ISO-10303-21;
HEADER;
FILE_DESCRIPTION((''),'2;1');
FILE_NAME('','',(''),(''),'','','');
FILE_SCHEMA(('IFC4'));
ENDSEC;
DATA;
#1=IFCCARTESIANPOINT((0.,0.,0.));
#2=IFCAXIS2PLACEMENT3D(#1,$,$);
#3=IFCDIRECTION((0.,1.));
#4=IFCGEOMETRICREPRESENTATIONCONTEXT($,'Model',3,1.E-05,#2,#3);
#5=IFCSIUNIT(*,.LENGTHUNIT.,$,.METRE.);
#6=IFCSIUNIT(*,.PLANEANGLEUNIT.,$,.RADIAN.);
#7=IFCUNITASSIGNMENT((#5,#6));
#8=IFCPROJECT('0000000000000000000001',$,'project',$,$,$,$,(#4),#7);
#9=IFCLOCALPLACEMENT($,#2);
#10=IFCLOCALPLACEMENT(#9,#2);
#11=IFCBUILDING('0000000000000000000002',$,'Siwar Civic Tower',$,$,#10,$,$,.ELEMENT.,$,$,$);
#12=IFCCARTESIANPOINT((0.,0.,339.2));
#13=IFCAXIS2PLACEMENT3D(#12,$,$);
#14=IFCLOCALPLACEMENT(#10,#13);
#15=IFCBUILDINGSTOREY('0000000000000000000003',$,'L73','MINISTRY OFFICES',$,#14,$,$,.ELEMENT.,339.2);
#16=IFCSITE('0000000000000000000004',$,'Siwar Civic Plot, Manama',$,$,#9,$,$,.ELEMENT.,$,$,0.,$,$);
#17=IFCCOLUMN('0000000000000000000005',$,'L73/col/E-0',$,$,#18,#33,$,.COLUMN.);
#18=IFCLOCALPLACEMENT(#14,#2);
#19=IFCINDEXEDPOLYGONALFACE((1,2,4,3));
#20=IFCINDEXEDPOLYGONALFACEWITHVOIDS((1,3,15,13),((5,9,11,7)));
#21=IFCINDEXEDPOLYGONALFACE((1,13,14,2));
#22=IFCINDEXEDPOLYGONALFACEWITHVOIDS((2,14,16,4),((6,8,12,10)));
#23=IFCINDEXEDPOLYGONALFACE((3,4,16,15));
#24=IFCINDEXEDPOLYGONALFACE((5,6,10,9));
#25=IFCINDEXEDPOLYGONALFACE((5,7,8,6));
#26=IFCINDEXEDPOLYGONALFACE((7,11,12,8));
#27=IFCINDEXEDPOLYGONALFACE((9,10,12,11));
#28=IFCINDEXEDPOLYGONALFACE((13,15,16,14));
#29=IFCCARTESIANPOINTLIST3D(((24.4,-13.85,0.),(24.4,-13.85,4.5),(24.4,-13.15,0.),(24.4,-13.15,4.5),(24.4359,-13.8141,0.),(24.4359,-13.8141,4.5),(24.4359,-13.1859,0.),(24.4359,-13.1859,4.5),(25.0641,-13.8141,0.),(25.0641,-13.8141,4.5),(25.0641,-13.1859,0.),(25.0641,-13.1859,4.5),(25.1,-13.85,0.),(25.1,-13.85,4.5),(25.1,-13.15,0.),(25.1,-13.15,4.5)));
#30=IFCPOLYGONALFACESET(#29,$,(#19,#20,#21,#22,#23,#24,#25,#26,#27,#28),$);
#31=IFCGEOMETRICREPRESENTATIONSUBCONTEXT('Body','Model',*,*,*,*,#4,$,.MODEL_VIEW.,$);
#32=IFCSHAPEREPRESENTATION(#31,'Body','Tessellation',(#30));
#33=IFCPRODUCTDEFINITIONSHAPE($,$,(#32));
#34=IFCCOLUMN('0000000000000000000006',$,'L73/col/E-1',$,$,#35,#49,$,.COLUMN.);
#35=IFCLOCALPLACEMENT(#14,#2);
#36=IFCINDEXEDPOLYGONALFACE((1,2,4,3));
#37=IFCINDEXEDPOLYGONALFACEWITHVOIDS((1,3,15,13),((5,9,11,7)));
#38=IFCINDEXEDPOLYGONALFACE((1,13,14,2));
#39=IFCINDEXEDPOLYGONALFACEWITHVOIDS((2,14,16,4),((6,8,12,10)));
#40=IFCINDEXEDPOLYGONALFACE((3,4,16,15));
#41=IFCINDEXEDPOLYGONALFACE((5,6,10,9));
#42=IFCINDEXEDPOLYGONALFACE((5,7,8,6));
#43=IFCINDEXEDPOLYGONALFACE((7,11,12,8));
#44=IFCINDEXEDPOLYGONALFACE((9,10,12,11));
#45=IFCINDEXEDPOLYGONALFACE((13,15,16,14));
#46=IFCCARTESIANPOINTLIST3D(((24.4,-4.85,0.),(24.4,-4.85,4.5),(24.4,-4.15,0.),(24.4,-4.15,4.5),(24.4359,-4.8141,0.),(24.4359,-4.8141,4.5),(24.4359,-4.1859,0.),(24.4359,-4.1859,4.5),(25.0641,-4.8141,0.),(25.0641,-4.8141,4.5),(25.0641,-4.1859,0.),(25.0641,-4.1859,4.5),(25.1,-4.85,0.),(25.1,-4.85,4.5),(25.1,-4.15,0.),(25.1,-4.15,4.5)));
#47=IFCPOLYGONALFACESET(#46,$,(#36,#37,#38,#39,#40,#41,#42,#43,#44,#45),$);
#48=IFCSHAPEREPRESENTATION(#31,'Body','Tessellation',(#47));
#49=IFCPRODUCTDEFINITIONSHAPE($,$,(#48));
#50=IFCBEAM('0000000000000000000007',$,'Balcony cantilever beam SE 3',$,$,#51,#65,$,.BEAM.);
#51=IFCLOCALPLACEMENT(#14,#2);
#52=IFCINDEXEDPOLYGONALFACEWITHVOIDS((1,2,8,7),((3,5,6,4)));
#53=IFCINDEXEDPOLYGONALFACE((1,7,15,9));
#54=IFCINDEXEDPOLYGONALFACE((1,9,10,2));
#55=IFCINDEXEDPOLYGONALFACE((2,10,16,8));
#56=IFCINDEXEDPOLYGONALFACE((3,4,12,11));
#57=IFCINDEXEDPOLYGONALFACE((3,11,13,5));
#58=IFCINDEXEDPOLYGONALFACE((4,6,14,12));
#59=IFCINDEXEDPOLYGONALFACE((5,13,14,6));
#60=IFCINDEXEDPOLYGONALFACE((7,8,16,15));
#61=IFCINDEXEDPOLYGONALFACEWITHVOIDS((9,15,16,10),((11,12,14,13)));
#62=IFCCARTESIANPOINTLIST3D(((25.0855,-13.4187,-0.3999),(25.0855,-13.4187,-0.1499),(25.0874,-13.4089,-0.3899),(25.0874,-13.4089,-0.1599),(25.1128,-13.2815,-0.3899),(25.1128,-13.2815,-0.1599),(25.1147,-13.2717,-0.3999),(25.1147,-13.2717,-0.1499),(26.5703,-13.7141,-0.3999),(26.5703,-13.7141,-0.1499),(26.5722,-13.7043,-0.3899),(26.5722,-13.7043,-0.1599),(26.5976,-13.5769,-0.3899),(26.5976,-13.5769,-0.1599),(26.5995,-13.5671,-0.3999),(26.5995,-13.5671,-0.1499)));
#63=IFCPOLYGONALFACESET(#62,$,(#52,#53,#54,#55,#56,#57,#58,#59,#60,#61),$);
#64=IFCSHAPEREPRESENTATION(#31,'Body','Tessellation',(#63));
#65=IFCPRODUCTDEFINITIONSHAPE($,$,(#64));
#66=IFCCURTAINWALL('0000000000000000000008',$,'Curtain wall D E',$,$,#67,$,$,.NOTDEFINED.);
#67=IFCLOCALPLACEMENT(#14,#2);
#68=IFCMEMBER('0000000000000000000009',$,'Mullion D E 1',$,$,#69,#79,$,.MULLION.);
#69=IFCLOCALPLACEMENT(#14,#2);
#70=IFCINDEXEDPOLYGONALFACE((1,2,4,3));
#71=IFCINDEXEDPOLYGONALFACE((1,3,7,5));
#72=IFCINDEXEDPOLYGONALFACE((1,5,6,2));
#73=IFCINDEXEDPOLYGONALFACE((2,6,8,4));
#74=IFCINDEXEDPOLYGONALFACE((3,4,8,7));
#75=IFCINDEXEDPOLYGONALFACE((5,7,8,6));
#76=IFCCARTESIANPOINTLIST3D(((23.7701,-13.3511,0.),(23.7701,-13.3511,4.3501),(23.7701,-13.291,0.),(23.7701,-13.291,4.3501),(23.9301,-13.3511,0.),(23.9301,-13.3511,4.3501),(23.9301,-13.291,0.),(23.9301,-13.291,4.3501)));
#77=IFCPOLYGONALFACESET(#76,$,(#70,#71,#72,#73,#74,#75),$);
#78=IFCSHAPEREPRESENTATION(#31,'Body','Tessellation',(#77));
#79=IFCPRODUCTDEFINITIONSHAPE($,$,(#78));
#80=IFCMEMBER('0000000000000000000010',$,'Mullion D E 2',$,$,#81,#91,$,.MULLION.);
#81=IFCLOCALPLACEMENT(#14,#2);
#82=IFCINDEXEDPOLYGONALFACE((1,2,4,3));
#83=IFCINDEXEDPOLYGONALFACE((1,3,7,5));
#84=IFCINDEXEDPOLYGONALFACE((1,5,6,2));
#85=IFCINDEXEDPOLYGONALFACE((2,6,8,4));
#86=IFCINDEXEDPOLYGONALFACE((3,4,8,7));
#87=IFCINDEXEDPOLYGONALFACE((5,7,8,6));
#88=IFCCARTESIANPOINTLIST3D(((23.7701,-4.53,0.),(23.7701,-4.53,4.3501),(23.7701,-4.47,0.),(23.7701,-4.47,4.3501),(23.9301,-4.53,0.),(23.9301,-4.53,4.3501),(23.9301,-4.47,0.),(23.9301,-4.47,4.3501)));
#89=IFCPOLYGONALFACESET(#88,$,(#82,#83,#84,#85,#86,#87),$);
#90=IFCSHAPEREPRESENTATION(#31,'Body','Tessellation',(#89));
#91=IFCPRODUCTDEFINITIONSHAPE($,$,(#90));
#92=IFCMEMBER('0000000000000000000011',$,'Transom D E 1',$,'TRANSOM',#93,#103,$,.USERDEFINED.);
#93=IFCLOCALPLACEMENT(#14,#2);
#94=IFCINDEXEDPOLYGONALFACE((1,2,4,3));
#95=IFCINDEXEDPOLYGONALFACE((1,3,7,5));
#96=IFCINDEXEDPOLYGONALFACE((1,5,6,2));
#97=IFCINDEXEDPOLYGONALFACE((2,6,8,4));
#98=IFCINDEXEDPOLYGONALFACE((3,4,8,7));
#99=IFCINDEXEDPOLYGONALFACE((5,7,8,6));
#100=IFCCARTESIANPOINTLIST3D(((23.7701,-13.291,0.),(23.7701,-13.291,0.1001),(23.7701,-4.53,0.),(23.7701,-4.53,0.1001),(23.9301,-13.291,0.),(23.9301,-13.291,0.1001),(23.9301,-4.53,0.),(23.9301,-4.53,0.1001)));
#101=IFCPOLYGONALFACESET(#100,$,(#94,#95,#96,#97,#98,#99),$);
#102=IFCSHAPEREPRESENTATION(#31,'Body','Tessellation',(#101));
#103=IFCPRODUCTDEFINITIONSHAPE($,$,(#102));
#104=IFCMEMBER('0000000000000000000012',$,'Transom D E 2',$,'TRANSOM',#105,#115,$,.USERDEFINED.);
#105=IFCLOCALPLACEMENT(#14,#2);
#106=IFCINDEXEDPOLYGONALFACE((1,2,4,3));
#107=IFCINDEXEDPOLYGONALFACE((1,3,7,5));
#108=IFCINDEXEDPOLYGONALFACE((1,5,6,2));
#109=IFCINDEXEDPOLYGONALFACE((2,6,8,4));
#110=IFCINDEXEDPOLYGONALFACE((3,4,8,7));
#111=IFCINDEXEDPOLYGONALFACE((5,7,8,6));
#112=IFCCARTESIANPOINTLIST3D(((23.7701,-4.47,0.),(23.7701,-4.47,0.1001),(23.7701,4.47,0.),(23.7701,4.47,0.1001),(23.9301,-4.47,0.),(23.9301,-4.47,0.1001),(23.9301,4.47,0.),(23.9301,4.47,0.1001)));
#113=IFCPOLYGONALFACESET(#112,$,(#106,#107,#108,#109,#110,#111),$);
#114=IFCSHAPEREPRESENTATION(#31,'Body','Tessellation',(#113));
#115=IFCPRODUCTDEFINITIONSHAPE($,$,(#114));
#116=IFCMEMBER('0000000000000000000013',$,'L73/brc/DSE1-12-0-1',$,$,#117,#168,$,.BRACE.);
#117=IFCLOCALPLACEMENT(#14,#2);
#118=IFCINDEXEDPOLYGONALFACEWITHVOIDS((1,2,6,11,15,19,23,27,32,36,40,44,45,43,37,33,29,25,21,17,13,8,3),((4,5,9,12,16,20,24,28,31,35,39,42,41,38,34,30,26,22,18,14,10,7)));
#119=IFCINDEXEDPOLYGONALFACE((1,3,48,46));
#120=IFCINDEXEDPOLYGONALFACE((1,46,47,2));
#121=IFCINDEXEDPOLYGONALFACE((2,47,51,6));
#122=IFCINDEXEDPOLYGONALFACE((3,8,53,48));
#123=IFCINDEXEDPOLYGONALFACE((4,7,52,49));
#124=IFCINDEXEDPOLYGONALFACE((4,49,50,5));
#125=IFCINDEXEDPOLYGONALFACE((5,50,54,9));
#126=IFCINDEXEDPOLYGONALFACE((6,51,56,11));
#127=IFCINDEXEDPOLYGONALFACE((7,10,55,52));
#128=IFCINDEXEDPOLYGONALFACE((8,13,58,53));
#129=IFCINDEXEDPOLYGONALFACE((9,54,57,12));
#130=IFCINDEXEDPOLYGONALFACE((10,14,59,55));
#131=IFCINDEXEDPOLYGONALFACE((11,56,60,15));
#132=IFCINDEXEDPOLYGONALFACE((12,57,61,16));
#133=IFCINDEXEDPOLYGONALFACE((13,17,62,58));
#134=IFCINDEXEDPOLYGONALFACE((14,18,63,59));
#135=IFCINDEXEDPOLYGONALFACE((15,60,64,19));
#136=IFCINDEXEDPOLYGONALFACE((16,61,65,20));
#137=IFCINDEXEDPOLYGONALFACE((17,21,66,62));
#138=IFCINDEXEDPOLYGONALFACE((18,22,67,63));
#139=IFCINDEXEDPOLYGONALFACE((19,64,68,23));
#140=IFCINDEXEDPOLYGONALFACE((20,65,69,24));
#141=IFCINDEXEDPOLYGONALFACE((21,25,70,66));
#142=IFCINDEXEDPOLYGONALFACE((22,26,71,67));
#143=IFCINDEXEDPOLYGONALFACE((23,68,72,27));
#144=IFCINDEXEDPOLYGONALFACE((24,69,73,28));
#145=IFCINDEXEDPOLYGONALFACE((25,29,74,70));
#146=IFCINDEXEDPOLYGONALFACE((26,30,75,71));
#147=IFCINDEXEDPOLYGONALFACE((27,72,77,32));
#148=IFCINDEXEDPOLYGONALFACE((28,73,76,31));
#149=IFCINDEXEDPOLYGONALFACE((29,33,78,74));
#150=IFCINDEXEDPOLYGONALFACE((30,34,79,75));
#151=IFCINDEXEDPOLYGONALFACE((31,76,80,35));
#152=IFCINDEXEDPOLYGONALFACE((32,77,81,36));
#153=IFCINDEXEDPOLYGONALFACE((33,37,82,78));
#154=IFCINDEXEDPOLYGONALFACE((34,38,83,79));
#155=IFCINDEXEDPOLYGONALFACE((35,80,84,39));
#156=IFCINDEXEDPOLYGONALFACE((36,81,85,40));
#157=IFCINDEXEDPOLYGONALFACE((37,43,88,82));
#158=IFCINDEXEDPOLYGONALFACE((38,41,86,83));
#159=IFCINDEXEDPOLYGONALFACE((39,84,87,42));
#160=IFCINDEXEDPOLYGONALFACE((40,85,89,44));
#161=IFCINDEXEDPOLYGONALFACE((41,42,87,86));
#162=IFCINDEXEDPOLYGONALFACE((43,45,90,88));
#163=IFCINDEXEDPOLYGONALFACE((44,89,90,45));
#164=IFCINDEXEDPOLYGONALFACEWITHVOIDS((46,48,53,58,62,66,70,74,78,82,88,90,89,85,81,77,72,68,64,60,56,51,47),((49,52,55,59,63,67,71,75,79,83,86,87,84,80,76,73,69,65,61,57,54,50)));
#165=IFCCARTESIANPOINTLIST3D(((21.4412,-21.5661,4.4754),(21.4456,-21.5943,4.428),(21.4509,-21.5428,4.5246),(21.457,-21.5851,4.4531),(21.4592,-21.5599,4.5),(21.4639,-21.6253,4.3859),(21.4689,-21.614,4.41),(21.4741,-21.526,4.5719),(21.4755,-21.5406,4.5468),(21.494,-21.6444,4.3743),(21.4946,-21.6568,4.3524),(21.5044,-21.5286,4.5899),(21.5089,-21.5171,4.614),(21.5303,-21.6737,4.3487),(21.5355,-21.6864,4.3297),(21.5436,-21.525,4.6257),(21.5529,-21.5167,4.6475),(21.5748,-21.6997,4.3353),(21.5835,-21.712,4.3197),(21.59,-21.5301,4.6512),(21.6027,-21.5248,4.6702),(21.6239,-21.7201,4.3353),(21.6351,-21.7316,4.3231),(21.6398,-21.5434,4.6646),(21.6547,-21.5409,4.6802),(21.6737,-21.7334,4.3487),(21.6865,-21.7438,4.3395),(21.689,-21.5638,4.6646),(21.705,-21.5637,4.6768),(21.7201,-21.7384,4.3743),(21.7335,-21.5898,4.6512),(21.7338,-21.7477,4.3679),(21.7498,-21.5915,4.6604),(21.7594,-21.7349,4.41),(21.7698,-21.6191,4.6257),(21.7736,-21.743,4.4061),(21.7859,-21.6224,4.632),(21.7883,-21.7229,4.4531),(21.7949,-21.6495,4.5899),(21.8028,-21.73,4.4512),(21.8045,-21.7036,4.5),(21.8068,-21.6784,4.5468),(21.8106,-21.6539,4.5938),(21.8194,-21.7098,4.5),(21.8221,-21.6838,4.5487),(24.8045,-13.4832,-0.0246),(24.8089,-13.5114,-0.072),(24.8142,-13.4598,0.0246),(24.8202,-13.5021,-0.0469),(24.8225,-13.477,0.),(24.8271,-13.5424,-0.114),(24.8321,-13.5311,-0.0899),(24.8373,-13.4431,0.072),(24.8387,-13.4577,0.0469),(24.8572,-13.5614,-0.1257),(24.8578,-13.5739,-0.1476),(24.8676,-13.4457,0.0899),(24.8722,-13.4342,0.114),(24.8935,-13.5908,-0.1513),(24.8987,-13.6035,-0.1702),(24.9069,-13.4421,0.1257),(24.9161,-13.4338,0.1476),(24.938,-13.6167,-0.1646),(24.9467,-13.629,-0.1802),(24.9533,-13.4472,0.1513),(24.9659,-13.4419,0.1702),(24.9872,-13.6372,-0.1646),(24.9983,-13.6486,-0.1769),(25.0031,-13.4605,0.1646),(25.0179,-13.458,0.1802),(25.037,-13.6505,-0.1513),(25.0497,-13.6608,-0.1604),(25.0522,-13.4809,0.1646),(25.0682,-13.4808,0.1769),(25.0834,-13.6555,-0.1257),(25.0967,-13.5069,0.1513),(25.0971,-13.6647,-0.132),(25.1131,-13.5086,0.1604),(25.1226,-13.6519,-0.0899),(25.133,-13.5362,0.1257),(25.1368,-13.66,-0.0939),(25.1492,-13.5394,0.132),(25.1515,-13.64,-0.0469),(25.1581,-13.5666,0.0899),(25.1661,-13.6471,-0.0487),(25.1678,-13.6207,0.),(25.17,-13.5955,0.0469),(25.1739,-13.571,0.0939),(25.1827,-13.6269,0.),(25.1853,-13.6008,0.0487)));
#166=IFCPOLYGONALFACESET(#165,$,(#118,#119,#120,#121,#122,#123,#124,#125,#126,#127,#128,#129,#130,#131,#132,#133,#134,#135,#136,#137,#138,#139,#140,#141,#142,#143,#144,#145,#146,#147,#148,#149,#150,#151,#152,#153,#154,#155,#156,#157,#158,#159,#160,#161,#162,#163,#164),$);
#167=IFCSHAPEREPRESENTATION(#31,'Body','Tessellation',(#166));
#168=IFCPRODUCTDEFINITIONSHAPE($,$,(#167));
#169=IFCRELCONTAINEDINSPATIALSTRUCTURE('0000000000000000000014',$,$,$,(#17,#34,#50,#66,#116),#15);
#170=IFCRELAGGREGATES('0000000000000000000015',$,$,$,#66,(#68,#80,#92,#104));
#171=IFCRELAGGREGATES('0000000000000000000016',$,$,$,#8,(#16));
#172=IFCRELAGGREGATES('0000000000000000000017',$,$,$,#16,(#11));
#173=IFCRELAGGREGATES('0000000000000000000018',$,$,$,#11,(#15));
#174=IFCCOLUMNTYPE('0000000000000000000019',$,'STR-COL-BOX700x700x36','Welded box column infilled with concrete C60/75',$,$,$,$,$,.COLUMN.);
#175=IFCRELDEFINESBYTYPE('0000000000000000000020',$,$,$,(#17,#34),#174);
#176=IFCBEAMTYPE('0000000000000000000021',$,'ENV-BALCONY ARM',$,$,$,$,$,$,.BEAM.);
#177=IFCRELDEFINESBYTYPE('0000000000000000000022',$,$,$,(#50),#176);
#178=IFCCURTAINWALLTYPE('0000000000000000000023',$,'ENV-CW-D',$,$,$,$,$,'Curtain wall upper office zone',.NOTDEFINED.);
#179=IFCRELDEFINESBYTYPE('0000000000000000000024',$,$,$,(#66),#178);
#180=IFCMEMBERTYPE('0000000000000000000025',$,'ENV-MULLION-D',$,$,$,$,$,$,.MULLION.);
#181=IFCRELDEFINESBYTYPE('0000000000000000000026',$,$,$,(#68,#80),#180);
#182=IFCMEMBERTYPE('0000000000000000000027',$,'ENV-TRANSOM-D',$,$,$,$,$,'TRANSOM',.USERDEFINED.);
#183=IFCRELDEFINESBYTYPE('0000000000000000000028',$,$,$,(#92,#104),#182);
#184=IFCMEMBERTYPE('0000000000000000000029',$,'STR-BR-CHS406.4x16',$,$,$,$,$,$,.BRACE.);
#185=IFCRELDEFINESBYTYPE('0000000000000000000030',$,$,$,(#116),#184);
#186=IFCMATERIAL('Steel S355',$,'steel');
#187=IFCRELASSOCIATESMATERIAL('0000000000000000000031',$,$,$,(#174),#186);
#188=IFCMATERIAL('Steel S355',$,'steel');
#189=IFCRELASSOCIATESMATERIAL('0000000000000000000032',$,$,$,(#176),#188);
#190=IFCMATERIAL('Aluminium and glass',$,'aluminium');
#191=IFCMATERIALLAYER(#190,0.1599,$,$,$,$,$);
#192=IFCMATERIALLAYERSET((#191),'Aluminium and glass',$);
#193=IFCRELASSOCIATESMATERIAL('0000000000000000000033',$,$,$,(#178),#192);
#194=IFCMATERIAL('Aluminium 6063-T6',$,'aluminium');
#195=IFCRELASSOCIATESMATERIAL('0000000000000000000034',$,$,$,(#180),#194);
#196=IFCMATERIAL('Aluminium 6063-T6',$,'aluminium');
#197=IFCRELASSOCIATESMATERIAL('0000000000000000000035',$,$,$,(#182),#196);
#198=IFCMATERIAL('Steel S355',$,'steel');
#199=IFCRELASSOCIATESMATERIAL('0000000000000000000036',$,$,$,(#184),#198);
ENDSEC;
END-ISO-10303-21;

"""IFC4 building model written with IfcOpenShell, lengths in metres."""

from ifc_helpers import new_model, si_unit, direction, frame, origin, origin_2d, place, context, subcontext, project, spatial, rectangle, hollow_rectangle, hollow_circle, extrude, material, layer, layer_set, material_profile, profile_set, type_object, element, aggregate, save


model = new_model("IFC4")

# Units and contexts
model_context = context("Model", 3, precision=1e-05, world=origin(), true_north=direction((0.0, 1.0)))
body_context = subcontext(model_context, "Body", "Model", "MODEL_VIEW")
ifc_project = project(units=[si_unit("LENGTHUNIT", "METRE"), si_unit("PLANEANGLEUNIT", "RADIAN")], contexts=[model_context])

# Site, building, storey
site_placement = place(None, origin())
site = spatial("IfcSite", under=ifc_project, at=site_placement, Name="Siwar Civic Plot, Manama", CompositionType="ELEMENT", RefElevation=0.0)
building_placement = place(site_placement, origin())
building = spatial("IfcBuilding", under=site, at=building_placement, Name="Siwar Civic Tower", CompositionType="ELEMENT")
storey_placement = place(building_placement, frame((0.0, 0.0, 339.2)))
storey = spatial("IfcBuildingStorey", under=building, at=storey_placement, Name="L73", Description="MINISTRY OFFICES", CompositionType="ELEMENT", Elevation=339.2)

# Columns
ifc_material_1 = material(Name="Steel S355", Category="steel")
ifc_material_profile_1 = material_profile(ifc_material_1, hollow_rectangle(XDim=0.7, YDim=0.7, WallThickness=0.0359, at=origin_2d()), Name="BOX700x700x36")
ifc_profile_set_1 = profile_set([ifc_material_profile_1], Name="Steel S355")
column_type = type_object("IfcColumnType", Name="STR-COL-BOX700x700x36", Description="Welded box column infilled with concrete C60/75", PredefinedType="COLUMN", material=ifc_profile_set_1)
for number, where, z_axis, x_axis, name in (
    (1, (24.75, -13.5, 0.0), (0.0, 0.0, 1.0), (1.0, 0.0, 0.0), "L73/col/E-0"),
    (2, (24.75, -4.5, 0.0), (0.0, 0.0, 1.0), (1.0, 0.0, 0.0), "L73/col/E-1"),
):
    element("IfcColumn", number, at=place(storey_placement, frame(where, z_axis=z_axis, x_axis=x_axis)), inside=storey, type_object=column_type, Name=name, PredefinedType="COLUMN", context=body_context, shape_type="SweptSolid", body=[
        extrude(hollow_rectangle(XDim=0.7, YDim=0.7, WallThickness=0.0359, at=origin_2d()), origin(), (0.0, 0.0, 1.0), 4.5),
    ])

# Beam
ifc_material_2 = material(Name="Steel S355", Category="steel")
ifc_material_profile_2 = material_profile(ifc_material_2, hollow_rectangle(XDim=0.1499, YDim=0.25, WallThickness=0.01, at=origin_2d()), Name="RHS250x150x10")
ifc_profile_set_2 = profile_set([ifc_material_profile_2], Name="Steel S355")
beam_type_1 = type_object("IfcBeamType", Name="ENV-BALCONY ARM", PredefinedType="BEAM", material=ifc_profile_set_2)
beam_placement = place(storey_placement, frame((25.1001, -13.3452, -0.2749), z_axis=(0.980779, -0.195124, 0.0), x_axis=(0.195124, 0.980779, 0.0)))
element("IfcBeam", 3, at=beam_placement, inside=storey, type_object=beam_type_1, Name="Balcony cantilever beam SE 3", PredefinedType="BEAM", context=body_context, shape_type="SweptSolid", body=[
    extrude(hollow_rectangle(XDim=0.1499, YDim=0.25, WallThickness=0.01, at=origin_2d()), origin(), (0.0, 0.0, 1.0), 1.5139),
])

# Curtain wall, members
ifc_material_3 = material(Name="Aluminium and glass", Category="aluminium")
ifc_layer_1 = layer(ifc_material_3, 0.1599)
ifc_layer_set_1 = layer_set([ifc_layer_1], Name="Aluminium and glass")
curtain_wall_type = type_object("IfcCurtainWallType", Name="ENV-CW-D", ElementType="Curtain wall upper office zone", PredefinedType="NOTDEFINED", material=ifc_layer_set_1)
curtain_wall_placement = place(storey_placement, origin())
curtain_wall = element("IfcCurtainWall", 4, at=curtain_wall_placement, inside=storey, type_object=curtain_wall_type, Name="Curtain wall D E", PredefinedType="NOTDEFINED")
ifc_material_4 = material(Name="Aluminium 6063-T6", Category="aluminium")
ifc_material_profile_3 = material_profile(ifc_material_4, rectangle(XDim=0.1599, YDim=0.0601, at=origin_2d()), Name="AL 160x60")
ifc_profile_set_3 = profile_set([ifc_material_profile_3], Name="Aluminium 6063-T6")
member_type_1 = type_object("IfcMemberType", Name="ENV-MULLION-D", PredefinedType="MULLION", material=ifc_profile_set_3)
member_1_placement = place(storey_placement, frame((23.8501, -13.321, 0.0), z_axis=(0.0, 0.0, 1.0), x_axis=(-1.0, 0.0, 0.0)))
member_1 = element("IfcMember", 5, at=member_1_placement, type_object=member_type_1, Name="Mullion D E 1", PredefinedType="MULLION", context=body_context, shape_type="SweptSolid", body=[
    extrude(rectangle(XDim=0.1599, YDim=0.0601, at=origin_2d()), origin(), (0.0, 0.0, 1.0), 4.3501),
])
member_2_placement = place(storey_placement, frame((23.8501, -4.5, 0.0), z_axis=(0.0, 0.0, 1.0), x_axis=(-1.0, 0.0, 0.0)))
member_2 = element("IfcMember", 6, at=member_2_placement, type_object=member_type_1, Name="Mullion D E 2", PredefinedType="MULLION", context=body_context, shape_type="SweptSolid", body=[
    extrude(rectangle(XDim=0.1599, YDim=0.0601, at=origin_2d()), origin(), (0.0, 0.0, 1.0), 4.3501),
])
ifc_material_5 = material(Name="Aluminium 6063-T6", Category="aluminium")
ifc_material_profile_4 = material_profile(ifc_material_5, rectangle(XDim=0.1599, YDim=0.1001, at=origin_2d()), Name="AL 160x100")
ifc_profile_set_4 = profile_set([ifc_material_profile_4], Name="Aluminium 6063-T6")
member_type_2 = type_object("IfcMemberType", Name="ENV-TRANSOM-D", ElementType="TRANSOM", PredefinedType="USERDEFINED", material=ifc_profile_set_4)
member_3_placement = place(storey_placement, frame((23.8501, -13.291, 0.05), z_axis=(0.0, 1.0, 0.0), x_axis=(-1.0, 0.0, 0.0)))
member_3 = element("IfcMember", 7, at=member_3_placement, type_object=member_type_2, Name="Transom D E 1", ObjectType="TRANSOM", PredefinedType="USERDEFINED", context=body_context, shape_type="SweptSolid", body=[
    extrude(rectangle(XDim=0.1599, YDim=0.1001, at=origin_2d()), origin(), (0.0, 0.0, 1.0), 8.761),
])
member_4_placement = place(storey_placement, frame((23.8501, -4.47, 0.05), z_axis=(0.0, 1.0, 0.0), x_axis=(-1.0, 0.0, 0.0)))
member_4 = element("IfcMember", 8, at=member_4_placement, type_object=member_type_2, Name="Transom D E 2", ObjectType="TRANSOM", PredefinedType="USERDEFINED", context=body_context, shape_type="SweptSolid", body=[
    extrude(rectangle(XDim=0.1599, YDim=0.1001, at=origin_2d()), origin(), (0.0, 0.0, 1.0), 8.9399),
])

# Member
ifc_material_6 = material(Name="Steel S355", Category="steel")
ifc_material_profile_5 = material_profile(ifc_material_6, hollow_circle(Radius=0.2031, WallThickness=0.0161, at=origin_2d()), Name="CHS406.4x16")
ifc_profile_set_5 = profile_set([ifc_material_profile_5], Name="Steel S355")
member_type_3 = type_object("IfcMemberType", Name="STR-BR-CHS406.4x16", PredefinedType="BRACE", material=ifc_profile_set_5)
member_5_placement = place(storey_placement, frame((24.9951, -13.5488, 0.0), z_axis=(-0.341671, -0.821143, 0.457149), x_axis=(0.923265, -0.384164, 0.0)))
element("IfcMember", 9, at=member_5_placement, inside=storey, type_object=member_type_3, Name="L73/brc/DSE1-12-0-1", PredefinedType="BRACE", context=body_context, shape_type="SweptSolid", body=[
    extrude(hollow_circle(Radius=0.2031, WallThickness=0.0161, at=origin_2d()), origin(), (0.0, 0.0, 1.0), 9.8435),
])

aggregate(curtain_wall, [member_1, member_2, member_3, member_4])

save(model, "model.ifc")
